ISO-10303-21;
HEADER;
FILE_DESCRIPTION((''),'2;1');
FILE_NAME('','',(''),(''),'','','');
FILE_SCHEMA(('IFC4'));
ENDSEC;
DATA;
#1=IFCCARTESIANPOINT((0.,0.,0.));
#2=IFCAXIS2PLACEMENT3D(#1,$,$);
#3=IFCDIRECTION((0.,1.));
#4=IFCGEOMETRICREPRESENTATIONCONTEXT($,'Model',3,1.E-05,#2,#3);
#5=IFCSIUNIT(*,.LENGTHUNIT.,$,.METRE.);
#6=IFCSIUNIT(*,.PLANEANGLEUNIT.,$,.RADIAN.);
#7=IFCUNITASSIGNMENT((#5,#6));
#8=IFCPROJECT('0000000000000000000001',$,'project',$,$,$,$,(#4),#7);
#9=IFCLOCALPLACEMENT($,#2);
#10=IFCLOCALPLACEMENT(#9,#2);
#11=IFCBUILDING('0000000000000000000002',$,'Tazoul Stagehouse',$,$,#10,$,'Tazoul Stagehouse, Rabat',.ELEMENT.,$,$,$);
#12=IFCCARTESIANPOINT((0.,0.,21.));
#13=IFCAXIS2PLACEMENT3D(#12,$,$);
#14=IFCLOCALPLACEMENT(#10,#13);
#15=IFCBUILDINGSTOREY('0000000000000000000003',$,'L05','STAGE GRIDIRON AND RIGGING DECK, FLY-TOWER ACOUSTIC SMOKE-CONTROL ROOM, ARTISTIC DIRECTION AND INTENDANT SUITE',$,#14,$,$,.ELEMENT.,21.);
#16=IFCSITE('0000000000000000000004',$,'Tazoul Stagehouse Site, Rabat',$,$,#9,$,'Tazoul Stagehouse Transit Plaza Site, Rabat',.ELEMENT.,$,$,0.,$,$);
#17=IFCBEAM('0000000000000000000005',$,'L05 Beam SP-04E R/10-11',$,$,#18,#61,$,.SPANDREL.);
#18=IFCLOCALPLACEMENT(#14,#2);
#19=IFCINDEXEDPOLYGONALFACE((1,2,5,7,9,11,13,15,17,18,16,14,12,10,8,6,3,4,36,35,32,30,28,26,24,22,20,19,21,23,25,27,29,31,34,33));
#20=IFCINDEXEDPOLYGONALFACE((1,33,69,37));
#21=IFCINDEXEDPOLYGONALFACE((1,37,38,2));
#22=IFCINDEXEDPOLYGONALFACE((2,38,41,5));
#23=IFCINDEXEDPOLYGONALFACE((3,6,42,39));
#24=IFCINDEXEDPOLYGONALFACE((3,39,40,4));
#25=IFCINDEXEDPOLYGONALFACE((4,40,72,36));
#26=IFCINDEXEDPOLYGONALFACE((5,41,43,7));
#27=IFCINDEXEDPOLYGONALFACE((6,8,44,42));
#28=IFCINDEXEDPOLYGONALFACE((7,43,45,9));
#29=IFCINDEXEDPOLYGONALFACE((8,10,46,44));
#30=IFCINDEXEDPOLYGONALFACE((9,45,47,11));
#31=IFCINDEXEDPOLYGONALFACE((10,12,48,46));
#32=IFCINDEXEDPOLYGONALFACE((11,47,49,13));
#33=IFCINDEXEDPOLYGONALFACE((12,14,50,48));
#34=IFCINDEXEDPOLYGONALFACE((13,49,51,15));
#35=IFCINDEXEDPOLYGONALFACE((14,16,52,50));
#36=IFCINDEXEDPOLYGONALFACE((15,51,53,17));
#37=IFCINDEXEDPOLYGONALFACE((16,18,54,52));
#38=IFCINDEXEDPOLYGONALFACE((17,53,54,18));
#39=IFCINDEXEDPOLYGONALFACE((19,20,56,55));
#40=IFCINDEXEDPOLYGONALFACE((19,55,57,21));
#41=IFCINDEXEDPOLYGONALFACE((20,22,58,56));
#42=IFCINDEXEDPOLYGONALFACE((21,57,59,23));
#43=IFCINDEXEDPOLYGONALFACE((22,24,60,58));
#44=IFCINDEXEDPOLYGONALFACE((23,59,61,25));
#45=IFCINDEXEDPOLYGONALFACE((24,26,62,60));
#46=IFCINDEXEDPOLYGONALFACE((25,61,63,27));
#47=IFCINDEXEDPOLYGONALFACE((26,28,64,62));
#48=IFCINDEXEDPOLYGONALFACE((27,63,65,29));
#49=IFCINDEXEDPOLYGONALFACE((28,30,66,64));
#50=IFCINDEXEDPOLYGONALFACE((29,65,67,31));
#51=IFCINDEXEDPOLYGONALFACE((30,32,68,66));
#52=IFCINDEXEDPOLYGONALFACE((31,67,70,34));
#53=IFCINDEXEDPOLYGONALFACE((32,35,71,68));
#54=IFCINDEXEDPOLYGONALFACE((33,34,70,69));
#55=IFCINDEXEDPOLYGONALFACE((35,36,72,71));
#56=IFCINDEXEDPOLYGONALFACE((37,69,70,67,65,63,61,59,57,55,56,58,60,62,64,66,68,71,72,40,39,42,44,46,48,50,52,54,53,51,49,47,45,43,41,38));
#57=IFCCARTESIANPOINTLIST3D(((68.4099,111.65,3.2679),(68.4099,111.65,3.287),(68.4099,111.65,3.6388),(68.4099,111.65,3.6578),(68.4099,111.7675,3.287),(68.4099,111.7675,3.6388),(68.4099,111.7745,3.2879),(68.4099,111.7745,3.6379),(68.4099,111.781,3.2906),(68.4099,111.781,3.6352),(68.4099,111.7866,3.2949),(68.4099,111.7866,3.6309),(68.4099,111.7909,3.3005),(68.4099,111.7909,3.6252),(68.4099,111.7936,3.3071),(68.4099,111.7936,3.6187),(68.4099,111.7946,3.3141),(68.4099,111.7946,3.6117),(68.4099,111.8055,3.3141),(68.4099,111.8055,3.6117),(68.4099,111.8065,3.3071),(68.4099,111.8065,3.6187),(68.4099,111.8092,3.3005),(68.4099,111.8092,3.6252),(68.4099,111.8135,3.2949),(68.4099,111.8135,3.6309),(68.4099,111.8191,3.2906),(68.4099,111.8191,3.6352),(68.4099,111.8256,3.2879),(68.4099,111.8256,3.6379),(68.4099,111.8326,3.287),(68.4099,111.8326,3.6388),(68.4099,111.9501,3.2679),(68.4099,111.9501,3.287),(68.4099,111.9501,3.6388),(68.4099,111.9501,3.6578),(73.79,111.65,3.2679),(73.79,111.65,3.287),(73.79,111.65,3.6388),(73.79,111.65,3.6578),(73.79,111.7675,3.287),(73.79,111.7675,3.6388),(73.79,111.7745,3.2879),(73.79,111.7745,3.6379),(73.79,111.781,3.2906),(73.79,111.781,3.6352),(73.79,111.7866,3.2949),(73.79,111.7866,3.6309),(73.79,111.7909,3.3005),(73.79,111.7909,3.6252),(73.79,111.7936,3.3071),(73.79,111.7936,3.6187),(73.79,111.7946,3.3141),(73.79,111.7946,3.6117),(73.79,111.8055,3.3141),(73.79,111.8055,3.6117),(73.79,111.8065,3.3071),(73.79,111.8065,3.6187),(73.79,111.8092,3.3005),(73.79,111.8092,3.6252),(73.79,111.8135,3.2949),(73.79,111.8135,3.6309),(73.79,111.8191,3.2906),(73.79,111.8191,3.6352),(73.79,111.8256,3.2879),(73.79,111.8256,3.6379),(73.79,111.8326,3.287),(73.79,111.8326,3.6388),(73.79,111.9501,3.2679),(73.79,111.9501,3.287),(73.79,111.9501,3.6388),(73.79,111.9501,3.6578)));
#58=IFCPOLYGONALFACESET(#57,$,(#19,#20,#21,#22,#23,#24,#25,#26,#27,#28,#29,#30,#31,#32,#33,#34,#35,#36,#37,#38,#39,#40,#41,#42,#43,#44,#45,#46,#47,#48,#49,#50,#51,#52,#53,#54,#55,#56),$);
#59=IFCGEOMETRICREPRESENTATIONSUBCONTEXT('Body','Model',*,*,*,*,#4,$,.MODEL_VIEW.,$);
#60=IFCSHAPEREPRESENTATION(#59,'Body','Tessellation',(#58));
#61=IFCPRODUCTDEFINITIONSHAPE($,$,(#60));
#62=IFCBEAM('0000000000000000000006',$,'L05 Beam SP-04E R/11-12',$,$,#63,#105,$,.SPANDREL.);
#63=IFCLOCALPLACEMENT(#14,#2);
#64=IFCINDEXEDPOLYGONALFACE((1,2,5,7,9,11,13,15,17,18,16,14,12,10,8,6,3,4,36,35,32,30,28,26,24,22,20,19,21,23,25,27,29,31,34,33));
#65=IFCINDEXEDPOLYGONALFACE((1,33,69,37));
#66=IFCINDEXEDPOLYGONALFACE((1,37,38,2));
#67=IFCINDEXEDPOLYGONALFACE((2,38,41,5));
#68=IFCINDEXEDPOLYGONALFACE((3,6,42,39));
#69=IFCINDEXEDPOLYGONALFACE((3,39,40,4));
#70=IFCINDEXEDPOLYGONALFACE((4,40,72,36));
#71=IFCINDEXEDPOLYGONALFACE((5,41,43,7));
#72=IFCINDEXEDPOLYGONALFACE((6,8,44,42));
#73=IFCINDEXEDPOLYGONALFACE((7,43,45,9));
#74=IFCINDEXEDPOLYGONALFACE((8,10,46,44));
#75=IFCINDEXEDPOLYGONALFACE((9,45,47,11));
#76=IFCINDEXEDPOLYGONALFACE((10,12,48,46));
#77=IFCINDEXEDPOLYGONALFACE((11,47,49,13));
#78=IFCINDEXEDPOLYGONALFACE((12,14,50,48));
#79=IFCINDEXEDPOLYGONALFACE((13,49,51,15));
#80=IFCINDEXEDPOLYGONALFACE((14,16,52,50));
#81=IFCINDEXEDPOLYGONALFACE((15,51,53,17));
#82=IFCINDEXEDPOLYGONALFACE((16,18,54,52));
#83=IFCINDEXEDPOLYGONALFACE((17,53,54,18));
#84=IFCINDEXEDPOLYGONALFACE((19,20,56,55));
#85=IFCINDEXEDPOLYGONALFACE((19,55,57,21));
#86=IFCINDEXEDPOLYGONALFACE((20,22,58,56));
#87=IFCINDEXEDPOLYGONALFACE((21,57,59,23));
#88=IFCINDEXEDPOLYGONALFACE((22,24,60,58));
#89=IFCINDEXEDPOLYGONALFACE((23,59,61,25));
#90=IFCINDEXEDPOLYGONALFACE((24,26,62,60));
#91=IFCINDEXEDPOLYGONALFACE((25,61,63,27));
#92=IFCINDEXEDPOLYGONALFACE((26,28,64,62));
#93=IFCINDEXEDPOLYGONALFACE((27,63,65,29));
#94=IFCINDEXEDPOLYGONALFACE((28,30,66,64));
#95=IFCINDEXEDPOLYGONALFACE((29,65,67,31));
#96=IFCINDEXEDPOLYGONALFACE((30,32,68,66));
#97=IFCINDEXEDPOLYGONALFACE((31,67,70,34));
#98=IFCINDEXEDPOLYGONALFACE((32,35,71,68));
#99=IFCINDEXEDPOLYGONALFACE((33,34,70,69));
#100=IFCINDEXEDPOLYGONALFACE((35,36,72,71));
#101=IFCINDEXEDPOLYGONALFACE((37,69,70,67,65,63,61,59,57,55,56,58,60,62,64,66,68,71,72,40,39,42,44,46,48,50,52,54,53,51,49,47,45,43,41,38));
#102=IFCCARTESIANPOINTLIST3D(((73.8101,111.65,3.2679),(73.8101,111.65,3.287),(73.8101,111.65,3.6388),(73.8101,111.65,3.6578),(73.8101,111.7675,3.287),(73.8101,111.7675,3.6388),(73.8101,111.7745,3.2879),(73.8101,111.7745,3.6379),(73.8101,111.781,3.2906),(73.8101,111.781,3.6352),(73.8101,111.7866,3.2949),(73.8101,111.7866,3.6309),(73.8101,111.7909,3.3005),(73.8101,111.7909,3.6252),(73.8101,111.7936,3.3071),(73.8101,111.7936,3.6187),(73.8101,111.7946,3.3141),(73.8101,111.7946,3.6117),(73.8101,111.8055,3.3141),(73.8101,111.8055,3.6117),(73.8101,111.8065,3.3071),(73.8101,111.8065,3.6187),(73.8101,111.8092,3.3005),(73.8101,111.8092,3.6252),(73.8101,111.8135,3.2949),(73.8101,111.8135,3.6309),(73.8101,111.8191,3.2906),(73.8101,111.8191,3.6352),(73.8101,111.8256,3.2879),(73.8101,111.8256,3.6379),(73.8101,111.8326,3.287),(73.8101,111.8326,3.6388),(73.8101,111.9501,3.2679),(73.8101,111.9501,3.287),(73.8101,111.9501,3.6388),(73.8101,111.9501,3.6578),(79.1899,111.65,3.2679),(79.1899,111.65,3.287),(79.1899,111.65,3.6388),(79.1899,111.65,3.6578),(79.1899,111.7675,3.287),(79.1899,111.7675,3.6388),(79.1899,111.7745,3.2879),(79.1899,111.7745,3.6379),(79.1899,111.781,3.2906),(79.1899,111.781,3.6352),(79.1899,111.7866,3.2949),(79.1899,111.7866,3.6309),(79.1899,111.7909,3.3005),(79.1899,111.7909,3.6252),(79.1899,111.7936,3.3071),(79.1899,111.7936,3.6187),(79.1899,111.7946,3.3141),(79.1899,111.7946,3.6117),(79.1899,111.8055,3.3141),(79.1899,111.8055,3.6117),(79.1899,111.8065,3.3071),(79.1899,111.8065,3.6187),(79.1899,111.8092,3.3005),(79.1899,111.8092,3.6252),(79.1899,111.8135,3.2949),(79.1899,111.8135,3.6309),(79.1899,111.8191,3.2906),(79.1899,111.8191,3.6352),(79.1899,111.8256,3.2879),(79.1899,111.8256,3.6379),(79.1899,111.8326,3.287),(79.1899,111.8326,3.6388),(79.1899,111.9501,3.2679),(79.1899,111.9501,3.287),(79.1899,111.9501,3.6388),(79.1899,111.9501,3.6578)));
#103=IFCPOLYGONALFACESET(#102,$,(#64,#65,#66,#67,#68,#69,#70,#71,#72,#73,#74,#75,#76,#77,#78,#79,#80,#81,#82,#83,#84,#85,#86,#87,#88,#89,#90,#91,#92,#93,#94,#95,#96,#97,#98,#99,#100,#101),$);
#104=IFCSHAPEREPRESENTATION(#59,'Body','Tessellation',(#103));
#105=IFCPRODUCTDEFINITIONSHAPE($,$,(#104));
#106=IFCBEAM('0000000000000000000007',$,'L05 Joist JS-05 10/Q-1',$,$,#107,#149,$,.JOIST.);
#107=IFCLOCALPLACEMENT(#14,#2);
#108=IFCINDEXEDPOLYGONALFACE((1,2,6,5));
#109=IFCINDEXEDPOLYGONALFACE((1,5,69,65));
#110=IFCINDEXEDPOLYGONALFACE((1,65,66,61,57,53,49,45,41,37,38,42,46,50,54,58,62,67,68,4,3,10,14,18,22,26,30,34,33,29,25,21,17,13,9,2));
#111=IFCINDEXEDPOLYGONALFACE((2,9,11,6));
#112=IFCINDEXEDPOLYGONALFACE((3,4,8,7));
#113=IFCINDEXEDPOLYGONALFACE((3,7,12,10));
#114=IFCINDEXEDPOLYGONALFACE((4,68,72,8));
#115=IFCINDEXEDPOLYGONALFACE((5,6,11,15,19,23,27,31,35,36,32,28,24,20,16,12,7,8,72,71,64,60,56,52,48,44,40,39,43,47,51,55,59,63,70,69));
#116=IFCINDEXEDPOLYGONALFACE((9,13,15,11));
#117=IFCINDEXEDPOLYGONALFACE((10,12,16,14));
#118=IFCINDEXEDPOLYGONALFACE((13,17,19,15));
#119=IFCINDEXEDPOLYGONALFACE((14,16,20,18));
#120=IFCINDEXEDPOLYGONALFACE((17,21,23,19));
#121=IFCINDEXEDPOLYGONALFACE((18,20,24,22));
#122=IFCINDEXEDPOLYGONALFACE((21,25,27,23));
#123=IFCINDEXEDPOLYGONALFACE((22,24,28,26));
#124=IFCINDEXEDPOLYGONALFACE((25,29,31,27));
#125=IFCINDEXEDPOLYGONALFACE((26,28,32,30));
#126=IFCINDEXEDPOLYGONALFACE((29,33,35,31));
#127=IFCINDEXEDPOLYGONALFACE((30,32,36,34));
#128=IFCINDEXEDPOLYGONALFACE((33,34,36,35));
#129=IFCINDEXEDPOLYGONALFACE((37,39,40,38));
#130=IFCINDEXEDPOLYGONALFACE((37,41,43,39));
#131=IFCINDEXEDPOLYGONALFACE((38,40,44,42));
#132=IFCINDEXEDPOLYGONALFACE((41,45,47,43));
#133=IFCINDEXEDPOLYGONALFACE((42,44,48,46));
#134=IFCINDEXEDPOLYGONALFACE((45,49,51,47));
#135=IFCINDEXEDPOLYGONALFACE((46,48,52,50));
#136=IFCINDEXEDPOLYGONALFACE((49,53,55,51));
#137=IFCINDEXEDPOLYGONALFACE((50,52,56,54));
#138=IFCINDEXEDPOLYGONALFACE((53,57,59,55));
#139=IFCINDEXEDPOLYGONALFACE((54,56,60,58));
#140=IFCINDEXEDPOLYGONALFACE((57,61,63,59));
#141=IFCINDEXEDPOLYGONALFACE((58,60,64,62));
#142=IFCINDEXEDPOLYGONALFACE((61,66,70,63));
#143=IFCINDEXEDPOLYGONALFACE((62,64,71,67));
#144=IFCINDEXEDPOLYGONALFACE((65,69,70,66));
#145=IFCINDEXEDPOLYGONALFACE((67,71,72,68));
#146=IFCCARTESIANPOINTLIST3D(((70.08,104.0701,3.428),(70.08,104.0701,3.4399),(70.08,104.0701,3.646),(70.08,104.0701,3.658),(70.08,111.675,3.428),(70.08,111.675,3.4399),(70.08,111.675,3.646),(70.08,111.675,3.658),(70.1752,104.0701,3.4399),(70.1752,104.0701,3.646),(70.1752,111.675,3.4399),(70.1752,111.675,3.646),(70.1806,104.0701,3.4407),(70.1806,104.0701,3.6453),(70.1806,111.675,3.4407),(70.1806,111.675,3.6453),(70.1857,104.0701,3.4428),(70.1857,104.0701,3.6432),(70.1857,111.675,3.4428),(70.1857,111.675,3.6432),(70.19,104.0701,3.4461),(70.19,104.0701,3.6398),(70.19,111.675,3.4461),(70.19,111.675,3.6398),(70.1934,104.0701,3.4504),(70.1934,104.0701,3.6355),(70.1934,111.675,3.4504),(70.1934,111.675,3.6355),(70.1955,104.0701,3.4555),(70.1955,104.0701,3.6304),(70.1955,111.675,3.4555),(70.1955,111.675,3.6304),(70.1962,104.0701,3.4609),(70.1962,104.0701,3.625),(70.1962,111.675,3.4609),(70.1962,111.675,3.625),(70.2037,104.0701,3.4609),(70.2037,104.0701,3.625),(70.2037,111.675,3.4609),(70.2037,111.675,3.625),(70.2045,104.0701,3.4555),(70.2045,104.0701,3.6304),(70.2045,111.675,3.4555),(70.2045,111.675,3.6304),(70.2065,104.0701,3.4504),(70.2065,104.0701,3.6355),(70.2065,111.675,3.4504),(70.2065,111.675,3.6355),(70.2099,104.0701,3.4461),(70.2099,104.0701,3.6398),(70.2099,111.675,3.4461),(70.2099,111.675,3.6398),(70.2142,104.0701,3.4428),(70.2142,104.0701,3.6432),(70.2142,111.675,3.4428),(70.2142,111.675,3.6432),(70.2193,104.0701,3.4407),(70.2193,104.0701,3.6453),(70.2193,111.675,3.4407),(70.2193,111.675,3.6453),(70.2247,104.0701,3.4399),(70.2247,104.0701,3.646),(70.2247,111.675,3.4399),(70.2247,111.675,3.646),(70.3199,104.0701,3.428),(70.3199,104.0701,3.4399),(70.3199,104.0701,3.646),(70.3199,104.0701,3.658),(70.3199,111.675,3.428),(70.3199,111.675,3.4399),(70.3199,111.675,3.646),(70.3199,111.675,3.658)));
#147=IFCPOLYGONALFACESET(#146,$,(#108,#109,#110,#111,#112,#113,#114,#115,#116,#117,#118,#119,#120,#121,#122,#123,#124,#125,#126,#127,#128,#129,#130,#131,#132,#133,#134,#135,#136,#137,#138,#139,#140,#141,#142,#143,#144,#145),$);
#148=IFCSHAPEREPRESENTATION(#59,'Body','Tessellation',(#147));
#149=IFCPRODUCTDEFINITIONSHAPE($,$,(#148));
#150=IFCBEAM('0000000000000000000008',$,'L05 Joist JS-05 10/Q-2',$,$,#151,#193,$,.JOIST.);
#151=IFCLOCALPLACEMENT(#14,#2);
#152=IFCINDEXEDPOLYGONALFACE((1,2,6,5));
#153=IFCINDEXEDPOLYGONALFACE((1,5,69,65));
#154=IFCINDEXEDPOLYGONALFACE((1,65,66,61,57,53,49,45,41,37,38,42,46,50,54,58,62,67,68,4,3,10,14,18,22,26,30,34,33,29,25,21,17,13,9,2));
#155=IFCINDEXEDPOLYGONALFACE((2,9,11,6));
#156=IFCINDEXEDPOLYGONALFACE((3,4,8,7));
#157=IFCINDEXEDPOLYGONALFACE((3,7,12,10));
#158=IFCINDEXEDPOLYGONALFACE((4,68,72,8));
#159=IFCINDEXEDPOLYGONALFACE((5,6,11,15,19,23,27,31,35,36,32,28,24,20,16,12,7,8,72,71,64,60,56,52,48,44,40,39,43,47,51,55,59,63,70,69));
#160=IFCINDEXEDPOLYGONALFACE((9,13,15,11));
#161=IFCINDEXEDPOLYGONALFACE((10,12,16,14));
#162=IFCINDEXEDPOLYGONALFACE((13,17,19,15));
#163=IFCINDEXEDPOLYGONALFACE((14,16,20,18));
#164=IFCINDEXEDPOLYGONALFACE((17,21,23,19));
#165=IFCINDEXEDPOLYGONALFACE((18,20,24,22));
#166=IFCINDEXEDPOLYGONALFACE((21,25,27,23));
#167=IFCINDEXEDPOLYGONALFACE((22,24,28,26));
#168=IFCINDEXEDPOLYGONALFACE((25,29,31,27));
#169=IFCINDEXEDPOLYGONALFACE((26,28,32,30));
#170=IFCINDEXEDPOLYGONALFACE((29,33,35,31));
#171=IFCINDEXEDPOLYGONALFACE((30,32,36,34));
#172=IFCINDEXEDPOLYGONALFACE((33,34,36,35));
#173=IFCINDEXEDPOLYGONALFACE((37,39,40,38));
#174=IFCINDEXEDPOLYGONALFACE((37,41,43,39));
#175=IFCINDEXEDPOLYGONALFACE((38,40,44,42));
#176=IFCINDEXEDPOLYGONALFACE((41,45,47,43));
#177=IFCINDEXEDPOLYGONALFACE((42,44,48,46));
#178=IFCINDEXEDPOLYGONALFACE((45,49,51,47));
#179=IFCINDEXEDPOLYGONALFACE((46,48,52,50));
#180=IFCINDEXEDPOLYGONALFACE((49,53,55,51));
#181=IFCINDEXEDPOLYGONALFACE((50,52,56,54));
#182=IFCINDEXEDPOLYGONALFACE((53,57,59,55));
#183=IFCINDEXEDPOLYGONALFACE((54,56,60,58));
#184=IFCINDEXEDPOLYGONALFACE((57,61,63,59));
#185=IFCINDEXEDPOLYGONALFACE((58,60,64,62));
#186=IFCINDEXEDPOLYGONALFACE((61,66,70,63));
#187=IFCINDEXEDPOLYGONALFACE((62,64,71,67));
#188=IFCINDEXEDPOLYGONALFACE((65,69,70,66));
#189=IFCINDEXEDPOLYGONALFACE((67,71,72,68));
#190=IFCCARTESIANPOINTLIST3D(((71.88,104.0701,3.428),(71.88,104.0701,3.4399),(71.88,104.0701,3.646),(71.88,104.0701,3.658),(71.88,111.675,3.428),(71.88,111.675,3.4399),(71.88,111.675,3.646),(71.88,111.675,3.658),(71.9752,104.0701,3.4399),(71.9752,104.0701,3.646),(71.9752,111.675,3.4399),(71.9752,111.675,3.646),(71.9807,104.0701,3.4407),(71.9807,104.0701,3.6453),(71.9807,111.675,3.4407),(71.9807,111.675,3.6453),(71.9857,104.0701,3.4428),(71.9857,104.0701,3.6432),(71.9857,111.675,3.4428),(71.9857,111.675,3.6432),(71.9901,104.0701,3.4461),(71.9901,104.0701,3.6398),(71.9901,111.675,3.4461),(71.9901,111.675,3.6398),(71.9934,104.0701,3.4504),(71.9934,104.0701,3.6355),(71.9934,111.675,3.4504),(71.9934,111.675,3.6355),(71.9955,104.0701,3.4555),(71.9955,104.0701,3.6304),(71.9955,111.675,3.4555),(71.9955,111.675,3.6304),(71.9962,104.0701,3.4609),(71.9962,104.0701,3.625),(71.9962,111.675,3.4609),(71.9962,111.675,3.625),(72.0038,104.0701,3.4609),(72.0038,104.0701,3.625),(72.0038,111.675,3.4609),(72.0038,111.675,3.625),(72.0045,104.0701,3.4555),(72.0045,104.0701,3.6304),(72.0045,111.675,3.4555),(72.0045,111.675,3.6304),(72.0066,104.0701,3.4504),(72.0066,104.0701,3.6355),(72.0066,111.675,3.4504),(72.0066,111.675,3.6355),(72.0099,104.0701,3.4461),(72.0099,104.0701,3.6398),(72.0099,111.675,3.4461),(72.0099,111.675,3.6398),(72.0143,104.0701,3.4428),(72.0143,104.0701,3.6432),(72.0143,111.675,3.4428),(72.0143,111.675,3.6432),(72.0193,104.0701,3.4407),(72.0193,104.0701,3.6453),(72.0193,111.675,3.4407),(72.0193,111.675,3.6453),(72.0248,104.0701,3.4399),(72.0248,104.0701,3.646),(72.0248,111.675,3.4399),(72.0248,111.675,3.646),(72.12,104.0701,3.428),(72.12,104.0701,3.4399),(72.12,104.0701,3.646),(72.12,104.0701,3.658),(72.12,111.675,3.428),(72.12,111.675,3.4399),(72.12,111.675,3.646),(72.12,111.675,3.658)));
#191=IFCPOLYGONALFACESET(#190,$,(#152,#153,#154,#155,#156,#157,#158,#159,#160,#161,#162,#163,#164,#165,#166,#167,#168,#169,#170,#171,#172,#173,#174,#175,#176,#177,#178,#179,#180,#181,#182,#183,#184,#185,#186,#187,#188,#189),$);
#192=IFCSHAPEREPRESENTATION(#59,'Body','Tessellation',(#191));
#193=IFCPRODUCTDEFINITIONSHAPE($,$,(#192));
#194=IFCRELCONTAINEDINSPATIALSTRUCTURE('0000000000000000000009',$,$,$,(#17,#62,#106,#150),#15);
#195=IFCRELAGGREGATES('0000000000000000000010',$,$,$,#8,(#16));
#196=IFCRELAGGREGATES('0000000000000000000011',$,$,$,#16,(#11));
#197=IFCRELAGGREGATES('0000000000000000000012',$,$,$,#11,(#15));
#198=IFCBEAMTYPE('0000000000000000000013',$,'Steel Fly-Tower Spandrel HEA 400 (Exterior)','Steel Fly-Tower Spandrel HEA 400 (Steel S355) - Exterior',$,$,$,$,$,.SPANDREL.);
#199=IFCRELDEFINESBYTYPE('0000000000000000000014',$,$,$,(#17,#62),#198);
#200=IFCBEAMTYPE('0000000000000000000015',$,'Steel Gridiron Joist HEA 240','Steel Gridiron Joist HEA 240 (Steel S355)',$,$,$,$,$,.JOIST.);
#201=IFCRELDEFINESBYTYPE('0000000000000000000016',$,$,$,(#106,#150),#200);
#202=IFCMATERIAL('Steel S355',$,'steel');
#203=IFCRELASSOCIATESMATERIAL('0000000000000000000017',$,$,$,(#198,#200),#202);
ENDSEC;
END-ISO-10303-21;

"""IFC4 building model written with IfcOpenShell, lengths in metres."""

from ifc_helpers import new_model, si_unit, direction, frame, origin, origin_2d, place, context, subcontext, project, spatial, i_section, extrude, material, material_profile, profile_set, type_object, element, save


model = new_model("IFC4")

# Units and contexts
model_context = context("Model", 3, precision=1e-05, world=origin(), true_north=direction((0.0, 1.0)))
body_context = subcontext(model_context, "Body", "Model", "MODEL_VIEW")
ifc_project = project(units=[si_unit("LENGTHUNIT", "METRE"), si_unit("PLANEANGLEUNIT", "RADIAN")], contexts=[model_context])

# Site, building, storey
site_placement = place(None, origin())
site = spatial("IfcSite", under=ifc_project, at=site_placement, Name="Tazoul Stagehouse Site, Rabat", LongName="Tazoul Stagehouse Transit Plaza Site, Rabat", CompositionType="ELEMENT", RefElevation=0.0)
building_placement = place(site_placement, origin())
building = spatial("IfcBuilding", under=site, at=building_placement, Name="Tazoul Stagehouse", LongName="Tazoul Stagehouse, Rabat", CompositionType="ELEMENT")
storey_placement = place(building_placement, frame((0.0, 0.0, 21.0)))
storey = spatial("IfcBuildingStorey", under=building, at=storey_placement, Name="L05", Description="STAGE GRIDIRON AND RIGGING DECK, FLY-TOWER ACOUSTIC SMOKE-CONTROL ROOM, ARTISTIC DIRECTION AND INTENDANT SUITE", CompositionType="ELEMENT", Elevation=21.0)

# Shared definitions
ifc_material_1 = material(Name="Steel S355", Category="steel")

# Beams
ifc_material_profile_1 = material_profile(ifc_material_1, i_section(OverallWidth=0.3, OverallDepth=0.3899, WebThickness=0.011, FlangeThickness=0.019, FilletRadius=0.0271, at=origin_2d()), Name="HEA 400")
ifc_profile_set_1 = profile_set([ifc_material_profile_1], Name="Steel S355")
beam_type_1 = type_object("IfcBeamType", Name="Steel Fly-Tower Spandrel HEA 400 (Exterior)", Description="Steel Fly-Tower Spandrel HEA 400 (Steel S355) - Exterior", PredefinedType="SPANDREL", material=ifc_profile_set_1)
beam_1_placement = place(storey_placement, frame((68.4099, 111.8, 3.4629), z_axis=(1.0, 0.0, 0.0), x_axis=(0.0, 1.0, 0.0)))
element("IfcBeam", 1, at=beam_1_placement, inside=storey, type_object=beam_type_1, Name="L05 Beam SP-04E R/10-11", PredefinedType="SPANDREL", context=body_context, shape_type="SweptSolid", body=[
    extrude(i_section(OverallWidth=0.3, OverallDepth=0.3899, WebThickness=0.011, FlangeThickness=0.019, FilletRadius=0.0271, at=origin_2d()), origin(), (0.0, 0.0, 1.0), 5.3801),
])
beam_2_placement = place(storey_placement, frame((73.8101, 111.8, 3.4629), z_axis=(1.0, 0.0, 0.0), x_axis=(0.0, 1.0, 0.0)))
element("IfcBeam", 2, at=beam_2_placement, inside=storey, type_object=beam_type_1, Name="L05 Beam SP-04E R/11-12", PredefinedType="SPANDREL", context=body_context, shape_type="SweptSolid", body=[
    extrude(i_section(OverallWidth=0.3, OverallDepth=0.3899, WebThickness=0.011, FlangeThickness=0.019, FilletRadius=0.0271, at=origin_2d()), origin(), (0.0, 0.0, 1.0), 5.3799),
])
ifc_material_profile_2 = material_profile(ifc_material_1, i_section(OverallWidth=0.24, OverallDepth=0.23, WebThickness=0.0076, FlangeThickness=0.012, FilletRadius=0.021, at=origin_2d()), Name="HEA 240")
ifc_profile_set_2 = profile_set([ifc_material_profile_2], Name="Steel S355")
beam_type_2 = type_object("IfcBeamType", Name="Steel Gridiron Joist HEA 240", Description="Steel Gridiron Joist HEA 240 (Steel S355)", PredefinedType="JOIST", material=ifc_profile_set_2)
for number, where, z_axis, x_axis, name in (
    (3, (70.2, 104.0701, 3.543), (0.0, 1.0, 0.0), (-1.0, 0.0, 0.0), "L05 Joist JS-05 10/Q-1"),
    (4, (72.0, 104.0701, 3.543), (0.0, 1.0, 0.0), (-1.0, 0.0, 0.0), "L05 Joist JS-05 10/Q-2"),
):
    element("IfcBeam", number, at=place(storey_placement, frame(where, z_axis=z_axis, x_axis=x_axis)), inside=storey, type_object=beam_type_2, Name=name, PredefinedType="JOIST", context=body_context, shape_type="SweptSolid", body=[
        extrude(i_section(OverallWidth=0.24, OverallDepth=0.23, WebThickness=0.0076, FlangeThickness=0.012, FilletRadius=0.021, at=origin_2d()), origin(), (0.0, 0.0, 1.0), 7.605),
    ])

save(model, "model.ifc")
